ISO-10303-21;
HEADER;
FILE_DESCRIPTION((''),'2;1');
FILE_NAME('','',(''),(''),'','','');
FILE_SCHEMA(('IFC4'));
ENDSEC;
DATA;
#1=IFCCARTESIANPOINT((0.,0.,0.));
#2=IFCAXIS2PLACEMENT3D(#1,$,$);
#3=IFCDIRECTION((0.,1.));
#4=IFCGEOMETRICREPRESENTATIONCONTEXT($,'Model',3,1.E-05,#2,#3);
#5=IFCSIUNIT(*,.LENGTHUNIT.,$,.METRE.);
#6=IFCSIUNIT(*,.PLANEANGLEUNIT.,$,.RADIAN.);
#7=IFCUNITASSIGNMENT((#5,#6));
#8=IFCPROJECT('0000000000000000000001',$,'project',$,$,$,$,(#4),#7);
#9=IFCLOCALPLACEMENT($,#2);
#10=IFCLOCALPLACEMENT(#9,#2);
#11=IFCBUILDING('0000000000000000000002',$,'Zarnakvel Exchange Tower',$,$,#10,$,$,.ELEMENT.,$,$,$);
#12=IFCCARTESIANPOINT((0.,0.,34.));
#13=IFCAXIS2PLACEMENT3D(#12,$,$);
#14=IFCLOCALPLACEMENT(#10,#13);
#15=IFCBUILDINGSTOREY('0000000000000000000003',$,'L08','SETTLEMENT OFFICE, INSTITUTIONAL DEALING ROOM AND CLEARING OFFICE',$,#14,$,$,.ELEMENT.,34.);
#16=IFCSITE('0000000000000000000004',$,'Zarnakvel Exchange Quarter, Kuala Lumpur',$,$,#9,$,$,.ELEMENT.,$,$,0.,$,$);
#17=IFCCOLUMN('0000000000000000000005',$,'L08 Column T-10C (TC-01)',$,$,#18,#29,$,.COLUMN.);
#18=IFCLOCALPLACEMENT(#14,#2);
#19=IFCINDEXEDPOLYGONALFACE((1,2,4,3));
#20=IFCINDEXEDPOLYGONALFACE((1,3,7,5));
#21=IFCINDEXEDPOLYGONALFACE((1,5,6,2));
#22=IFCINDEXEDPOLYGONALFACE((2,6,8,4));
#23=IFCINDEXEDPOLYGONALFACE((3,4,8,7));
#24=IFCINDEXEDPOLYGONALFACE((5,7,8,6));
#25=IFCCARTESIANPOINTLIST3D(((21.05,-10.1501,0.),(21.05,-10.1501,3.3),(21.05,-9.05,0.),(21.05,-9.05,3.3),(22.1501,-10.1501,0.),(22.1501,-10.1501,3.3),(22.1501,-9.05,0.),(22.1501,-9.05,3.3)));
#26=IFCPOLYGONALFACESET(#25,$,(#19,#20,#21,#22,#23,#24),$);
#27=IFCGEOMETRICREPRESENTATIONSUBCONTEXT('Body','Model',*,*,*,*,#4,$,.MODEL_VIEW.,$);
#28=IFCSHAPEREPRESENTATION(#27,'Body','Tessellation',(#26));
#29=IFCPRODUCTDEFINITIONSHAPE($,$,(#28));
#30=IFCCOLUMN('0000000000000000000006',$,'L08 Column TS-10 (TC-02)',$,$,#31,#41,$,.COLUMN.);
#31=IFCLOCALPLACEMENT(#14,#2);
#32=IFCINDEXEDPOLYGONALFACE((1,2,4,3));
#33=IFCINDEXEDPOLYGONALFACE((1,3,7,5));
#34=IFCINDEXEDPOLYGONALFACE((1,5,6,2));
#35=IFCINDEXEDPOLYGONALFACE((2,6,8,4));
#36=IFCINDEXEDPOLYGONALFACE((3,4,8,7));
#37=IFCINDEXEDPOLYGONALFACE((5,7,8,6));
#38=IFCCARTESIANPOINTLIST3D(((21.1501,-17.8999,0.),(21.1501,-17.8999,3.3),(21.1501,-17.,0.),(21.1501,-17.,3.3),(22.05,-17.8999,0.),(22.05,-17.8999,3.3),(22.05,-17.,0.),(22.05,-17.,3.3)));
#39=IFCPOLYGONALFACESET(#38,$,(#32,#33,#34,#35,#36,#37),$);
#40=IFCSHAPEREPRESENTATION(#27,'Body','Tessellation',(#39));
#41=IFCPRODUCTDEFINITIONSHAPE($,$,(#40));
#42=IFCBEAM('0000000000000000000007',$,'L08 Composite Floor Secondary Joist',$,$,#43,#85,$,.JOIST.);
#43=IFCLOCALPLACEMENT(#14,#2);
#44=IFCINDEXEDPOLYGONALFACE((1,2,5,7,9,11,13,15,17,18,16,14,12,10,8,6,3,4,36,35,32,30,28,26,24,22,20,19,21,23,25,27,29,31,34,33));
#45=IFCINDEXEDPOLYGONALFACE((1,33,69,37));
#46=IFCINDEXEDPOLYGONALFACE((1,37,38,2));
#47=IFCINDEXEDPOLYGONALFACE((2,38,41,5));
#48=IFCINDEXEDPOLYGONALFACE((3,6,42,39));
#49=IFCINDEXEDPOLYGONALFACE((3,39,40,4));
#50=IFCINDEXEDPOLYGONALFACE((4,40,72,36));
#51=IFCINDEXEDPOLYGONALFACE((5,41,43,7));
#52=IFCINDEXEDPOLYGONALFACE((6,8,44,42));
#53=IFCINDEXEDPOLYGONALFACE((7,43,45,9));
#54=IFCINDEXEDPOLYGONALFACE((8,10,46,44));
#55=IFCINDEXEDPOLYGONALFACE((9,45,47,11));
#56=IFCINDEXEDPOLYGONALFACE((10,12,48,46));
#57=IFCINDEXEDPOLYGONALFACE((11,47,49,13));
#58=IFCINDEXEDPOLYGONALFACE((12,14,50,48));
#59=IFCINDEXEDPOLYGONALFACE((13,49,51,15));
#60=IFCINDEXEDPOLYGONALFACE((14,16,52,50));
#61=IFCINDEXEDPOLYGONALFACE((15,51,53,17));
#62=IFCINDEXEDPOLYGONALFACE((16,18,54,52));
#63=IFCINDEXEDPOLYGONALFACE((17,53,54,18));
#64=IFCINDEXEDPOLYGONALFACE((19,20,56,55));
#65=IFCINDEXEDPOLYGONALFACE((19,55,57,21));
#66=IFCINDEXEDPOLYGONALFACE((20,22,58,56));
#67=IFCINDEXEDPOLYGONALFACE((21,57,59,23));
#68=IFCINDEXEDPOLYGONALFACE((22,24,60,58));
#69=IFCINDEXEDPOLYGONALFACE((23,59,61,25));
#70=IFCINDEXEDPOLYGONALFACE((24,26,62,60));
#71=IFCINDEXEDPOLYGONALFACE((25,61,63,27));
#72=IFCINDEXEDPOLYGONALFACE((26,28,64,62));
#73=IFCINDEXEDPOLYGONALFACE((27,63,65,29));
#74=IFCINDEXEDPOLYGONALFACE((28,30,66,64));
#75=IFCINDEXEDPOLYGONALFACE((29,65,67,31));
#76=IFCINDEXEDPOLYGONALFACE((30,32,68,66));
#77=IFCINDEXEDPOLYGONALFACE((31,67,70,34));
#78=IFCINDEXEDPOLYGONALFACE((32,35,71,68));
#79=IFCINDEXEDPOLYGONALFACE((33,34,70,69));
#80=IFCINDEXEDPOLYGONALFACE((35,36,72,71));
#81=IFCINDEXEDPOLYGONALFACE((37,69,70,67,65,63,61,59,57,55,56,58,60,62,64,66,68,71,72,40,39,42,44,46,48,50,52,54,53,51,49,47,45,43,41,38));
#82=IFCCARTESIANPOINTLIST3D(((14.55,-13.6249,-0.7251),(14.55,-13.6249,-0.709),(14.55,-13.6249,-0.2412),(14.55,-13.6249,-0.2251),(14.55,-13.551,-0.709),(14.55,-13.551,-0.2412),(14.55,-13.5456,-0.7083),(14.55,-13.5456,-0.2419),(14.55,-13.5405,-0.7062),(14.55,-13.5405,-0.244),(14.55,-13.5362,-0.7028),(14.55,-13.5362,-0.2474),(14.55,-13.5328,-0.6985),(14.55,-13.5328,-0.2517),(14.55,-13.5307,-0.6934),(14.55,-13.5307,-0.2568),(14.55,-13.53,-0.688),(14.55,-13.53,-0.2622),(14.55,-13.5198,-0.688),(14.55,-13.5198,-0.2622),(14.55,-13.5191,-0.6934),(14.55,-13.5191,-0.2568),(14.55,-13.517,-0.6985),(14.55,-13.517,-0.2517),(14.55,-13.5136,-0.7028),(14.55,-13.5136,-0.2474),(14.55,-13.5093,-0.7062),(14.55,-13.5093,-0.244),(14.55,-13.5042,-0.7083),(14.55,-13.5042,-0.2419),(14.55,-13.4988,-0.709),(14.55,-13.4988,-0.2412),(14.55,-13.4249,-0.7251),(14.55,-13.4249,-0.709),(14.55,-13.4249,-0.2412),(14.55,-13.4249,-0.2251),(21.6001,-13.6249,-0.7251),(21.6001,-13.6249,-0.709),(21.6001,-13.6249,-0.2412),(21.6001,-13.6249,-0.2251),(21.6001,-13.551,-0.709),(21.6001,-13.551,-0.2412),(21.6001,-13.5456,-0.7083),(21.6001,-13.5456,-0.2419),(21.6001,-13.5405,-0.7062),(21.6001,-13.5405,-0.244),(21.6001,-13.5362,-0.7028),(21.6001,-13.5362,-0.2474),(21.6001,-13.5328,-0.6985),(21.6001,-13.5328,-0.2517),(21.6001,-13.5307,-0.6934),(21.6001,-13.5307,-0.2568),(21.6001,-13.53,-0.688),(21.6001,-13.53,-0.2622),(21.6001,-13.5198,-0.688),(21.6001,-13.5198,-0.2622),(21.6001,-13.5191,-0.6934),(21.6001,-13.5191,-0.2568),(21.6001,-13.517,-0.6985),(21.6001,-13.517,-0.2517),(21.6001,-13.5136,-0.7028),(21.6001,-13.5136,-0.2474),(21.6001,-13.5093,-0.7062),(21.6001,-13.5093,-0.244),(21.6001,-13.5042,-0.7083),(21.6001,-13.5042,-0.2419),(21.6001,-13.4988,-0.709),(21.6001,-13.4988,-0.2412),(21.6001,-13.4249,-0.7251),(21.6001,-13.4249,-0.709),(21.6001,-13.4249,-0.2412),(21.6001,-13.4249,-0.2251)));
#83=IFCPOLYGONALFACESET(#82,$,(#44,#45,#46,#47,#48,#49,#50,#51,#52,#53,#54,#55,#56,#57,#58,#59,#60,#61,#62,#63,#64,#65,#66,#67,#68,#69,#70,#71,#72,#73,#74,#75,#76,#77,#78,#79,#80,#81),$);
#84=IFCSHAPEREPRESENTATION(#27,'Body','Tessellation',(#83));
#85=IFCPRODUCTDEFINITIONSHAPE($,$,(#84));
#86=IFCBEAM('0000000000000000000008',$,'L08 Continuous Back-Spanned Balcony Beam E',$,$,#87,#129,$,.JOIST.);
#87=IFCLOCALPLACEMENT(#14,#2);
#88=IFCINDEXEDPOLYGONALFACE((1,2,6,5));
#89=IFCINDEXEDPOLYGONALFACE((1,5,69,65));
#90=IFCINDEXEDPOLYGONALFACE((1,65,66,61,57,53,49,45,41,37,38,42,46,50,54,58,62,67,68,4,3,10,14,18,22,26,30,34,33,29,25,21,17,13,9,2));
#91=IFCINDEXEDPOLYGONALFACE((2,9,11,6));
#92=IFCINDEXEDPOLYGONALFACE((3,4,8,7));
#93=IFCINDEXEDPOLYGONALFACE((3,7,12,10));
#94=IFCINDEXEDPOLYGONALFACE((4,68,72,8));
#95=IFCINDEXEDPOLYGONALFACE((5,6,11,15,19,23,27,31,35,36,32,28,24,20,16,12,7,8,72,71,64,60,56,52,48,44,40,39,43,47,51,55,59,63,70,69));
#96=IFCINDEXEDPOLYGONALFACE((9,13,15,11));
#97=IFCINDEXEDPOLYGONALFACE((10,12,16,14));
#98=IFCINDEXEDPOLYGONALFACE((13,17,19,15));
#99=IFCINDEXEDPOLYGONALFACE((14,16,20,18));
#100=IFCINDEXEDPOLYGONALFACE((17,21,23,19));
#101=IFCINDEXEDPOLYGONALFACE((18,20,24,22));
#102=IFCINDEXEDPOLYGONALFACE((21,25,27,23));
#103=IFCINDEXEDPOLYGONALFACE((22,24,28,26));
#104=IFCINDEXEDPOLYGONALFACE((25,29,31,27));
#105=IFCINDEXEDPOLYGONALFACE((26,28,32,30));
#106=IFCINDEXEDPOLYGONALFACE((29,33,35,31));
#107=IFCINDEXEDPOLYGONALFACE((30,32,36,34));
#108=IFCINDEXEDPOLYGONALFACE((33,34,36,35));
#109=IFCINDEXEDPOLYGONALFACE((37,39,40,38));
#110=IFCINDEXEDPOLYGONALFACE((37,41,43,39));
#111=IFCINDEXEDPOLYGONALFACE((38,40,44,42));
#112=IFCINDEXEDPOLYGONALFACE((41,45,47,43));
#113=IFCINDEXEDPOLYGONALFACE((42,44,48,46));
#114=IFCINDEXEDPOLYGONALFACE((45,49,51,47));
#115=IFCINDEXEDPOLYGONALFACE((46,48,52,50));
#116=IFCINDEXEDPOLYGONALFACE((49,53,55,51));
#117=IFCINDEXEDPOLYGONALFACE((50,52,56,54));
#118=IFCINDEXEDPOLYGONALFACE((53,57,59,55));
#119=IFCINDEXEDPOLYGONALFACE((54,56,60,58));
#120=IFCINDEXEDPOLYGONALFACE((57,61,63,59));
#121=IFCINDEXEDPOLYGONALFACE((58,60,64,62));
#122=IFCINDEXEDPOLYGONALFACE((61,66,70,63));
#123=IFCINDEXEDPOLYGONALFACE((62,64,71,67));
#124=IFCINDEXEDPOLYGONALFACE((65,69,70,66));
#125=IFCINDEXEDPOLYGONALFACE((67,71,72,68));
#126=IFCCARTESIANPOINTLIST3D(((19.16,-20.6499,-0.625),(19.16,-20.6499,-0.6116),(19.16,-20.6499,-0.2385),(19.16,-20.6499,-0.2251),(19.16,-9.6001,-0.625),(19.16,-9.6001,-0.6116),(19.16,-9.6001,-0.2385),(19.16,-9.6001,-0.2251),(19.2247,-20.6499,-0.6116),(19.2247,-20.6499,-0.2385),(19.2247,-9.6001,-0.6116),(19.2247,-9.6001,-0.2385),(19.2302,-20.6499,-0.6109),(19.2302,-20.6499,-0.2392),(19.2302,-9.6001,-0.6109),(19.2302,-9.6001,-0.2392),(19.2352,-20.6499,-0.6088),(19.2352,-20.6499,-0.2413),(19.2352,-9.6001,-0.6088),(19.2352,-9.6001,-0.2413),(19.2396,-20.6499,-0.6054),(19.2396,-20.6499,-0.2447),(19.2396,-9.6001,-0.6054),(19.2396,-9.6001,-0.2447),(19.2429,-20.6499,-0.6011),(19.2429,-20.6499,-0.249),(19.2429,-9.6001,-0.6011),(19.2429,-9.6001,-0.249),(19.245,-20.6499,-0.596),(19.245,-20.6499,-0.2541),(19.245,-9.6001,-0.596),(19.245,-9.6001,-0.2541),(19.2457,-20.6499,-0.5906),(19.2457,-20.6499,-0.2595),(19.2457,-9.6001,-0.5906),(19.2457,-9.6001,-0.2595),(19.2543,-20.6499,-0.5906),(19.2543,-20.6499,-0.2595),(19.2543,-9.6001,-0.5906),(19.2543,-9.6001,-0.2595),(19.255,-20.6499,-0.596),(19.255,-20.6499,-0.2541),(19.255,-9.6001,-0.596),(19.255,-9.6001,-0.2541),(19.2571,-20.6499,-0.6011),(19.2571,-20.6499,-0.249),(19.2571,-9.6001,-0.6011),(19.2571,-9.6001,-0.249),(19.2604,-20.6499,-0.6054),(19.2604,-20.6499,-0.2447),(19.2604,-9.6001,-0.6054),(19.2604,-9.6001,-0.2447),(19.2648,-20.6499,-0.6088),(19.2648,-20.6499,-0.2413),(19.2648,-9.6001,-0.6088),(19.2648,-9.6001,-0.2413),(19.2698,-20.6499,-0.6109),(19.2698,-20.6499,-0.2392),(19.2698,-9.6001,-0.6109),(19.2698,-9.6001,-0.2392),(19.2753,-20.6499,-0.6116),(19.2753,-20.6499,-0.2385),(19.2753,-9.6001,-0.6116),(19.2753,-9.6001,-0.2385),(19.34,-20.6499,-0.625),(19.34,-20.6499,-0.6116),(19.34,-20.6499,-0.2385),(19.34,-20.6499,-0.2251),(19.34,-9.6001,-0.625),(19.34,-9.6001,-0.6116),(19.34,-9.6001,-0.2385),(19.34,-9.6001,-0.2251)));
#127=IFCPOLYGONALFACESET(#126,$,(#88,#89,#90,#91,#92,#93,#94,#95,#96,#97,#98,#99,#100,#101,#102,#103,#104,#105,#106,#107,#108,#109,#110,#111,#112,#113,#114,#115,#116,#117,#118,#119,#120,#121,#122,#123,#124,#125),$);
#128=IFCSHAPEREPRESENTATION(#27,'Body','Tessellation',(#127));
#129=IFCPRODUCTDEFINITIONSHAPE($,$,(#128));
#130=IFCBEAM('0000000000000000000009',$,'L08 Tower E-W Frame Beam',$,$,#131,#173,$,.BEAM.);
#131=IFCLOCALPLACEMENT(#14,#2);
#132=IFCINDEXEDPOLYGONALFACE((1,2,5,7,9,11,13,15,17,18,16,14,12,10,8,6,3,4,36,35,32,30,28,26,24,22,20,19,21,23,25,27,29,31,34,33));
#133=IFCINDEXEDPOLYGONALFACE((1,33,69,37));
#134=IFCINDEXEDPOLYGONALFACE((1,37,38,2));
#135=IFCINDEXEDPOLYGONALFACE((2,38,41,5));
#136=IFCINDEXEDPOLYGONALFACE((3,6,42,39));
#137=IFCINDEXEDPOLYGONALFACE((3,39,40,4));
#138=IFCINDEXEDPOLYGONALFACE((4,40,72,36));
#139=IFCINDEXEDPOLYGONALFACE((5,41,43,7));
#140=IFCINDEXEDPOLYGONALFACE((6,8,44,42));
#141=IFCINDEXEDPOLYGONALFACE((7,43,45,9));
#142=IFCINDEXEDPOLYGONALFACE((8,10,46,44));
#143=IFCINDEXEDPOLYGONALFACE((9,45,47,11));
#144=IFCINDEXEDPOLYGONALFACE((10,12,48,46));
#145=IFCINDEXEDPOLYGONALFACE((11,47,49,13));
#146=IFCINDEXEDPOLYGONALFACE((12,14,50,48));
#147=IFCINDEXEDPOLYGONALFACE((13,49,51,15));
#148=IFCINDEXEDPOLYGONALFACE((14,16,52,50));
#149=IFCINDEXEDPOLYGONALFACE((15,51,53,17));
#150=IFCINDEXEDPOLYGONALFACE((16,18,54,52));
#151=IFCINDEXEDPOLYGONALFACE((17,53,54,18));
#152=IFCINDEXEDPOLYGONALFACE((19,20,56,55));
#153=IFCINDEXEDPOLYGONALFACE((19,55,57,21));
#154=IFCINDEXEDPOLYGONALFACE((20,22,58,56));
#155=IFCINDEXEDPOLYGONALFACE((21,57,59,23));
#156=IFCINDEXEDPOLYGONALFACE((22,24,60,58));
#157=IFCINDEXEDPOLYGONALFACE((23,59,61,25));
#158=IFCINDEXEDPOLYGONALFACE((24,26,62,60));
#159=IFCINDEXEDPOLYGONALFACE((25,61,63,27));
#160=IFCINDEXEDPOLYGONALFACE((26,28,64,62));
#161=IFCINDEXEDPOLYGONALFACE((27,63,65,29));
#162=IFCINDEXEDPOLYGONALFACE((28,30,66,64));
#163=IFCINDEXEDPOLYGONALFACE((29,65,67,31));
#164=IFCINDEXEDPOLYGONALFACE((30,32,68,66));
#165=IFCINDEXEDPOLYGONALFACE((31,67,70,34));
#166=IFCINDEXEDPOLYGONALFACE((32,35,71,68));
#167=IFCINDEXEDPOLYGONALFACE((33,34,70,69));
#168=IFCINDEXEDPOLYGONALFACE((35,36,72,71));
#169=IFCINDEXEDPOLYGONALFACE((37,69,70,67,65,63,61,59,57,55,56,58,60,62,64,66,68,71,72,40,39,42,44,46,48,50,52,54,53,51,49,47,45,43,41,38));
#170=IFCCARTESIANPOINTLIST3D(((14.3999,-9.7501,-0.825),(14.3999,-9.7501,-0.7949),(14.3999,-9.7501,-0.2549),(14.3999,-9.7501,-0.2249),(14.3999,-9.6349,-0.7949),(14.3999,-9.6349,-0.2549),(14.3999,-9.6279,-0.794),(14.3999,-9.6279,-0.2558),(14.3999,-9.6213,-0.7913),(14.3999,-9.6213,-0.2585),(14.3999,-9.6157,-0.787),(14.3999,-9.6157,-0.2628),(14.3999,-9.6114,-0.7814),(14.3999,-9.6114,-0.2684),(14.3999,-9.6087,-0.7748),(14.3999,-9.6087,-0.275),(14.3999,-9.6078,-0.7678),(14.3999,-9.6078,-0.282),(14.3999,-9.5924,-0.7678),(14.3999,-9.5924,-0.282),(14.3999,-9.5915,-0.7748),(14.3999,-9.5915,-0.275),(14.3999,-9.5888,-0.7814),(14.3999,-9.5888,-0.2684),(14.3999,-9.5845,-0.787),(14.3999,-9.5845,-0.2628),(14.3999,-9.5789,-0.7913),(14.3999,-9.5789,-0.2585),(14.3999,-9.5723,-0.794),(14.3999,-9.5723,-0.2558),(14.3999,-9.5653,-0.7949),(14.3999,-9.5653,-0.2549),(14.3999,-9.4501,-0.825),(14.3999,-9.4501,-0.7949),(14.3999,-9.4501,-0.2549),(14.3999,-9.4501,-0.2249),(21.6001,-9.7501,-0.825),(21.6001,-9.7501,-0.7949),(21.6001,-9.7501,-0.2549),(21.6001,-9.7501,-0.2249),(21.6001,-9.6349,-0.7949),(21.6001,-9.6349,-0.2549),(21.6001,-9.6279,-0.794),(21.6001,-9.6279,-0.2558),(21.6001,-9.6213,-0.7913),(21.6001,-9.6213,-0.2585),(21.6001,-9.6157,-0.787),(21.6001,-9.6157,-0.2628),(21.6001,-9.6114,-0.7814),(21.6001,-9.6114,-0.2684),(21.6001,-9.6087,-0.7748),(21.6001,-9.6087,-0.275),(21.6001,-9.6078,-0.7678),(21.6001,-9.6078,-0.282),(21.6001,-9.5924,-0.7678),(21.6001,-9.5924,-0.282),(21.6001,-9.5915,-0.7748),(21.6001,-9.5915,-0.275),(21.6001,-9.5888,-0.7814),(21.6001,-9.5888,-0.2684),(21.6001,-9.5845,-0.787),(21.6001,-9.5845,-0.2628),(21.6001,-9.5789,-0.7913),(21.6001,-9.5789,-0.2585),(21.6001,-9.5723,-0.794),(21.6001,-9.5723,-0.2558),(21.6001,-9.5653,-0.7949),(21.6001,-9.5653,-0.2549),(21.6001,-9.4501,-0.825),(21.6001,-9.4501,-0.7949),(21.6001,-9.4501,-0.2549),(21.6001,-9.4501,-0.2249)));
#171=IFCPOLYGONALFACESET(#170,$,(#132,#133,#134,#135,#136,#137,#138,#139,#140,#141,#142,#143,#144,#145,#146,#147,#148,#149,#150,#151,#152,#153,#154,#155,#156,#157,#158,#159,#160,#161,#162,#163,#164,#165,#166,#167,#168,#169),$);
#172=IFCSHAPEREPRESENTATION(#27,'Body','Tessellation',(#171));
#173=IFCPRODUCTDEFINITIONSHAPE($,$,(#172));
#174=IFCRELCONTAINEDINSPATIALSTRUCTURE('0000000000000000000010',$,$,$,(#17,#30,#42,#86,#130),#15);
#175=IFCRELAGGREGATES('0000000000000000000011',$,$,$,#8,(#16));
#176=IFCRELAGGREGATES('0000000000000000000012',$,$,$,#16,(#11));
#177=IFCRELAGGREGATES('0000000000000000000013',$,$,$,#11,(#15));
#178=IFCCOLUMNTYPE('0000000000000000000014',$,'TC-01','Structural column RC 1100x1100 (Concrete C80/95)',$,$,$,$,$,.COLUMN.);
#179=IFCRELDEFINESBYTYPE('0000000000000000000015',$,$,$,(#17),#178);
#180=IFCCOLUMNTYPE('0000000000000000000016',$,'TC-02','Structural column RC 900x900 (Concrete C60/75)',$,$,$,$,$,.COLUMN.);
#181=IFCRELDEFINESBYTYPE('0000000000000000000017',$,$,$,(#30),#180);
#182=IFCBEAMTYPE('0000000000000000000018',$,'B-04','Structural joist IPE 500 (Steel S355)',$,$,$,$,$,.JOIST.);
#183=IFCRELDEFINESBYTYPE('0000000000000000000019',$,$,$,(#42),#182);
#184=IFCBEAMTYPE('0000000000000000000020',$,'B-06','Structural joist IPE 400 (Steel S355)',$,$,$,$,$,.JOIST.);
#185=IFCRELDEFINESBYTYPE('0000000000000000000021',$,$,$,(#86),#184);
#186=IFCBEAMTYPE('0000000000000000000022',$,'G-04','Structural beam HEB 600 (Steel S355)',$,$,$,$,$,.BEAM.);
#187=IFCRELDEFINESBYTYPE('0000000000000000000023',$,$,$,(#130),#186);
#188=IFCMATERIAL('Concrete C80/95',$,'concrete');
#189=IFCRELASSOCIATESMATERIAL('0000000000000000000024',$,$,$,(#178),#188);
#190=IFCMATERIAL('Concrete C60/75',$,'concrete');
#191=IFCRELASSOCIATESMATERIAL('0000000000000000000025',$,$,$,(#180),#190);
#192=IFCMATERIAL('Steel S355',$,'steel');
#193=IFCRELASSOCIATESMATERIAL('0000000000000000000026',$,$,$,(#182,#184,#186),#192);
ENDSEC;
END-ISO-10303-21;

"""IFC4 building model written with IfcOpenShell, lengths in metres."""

from ifc_helpers import new_model, si_unit, direction, frame, origin, origin_2d, place, context, subcontext, project, spatial, rectangle, i_section, extrude, material, material_profile, profile_set, type_object, element, save


model = new_model("IFC4")

# Units and contexts
model_context = context("Model", 3, precision=1e-05, world=origin(), true_north=direction((0.0, 1.0)))
body_context = subcontext(model_context, "Body", "Model", "MODEL_VIEW")
ifc_project = project(units=[si_unit("LENGTHUNIT", "METRE"), si_unit("PLANEANGLEUNIT", "RADIAN")], contexts=[model_context])

# Site, building, storey
site_placement = place(None, origin())
site = spatial("IfcSite", under=ifc_project, at=site_placement, Name="Zarnakvel Exchange Quarter, Kuala Lumpur", CompositionType="ELEMENT", RefElevation=0.0)
building_placement = place(site_placement, origin())
building = spatial("IfcBuilding", under=site, at=building_placement, Name="Zarnakvel Exchange Tower", CompositionType="ELEMENT")
storey_placement = place(building_placement, frame((0.0, 0.0, 34.0)))
storey = spatial("IfcBuildingStorey", under=building, at=storey_placement, Name="L08", Description="SETTLEMENT OFFICE, INSTITUTIONAL DEALING ROOM AND CLEARING OFFICE", CompositionType="ELEMENT", Elevation=34.0)

# Columns
ifc_material_1 = material(Name="Concrete C80/95", Category="concrete")
ifc_material_profile_1 = material_profile(ifc_material_1, rectangle(XDim=1.1001, YDim=1.1001, at=origin_2d()))
ifc_profile_set_1 = profile_set([ifc_material_profile_1], Name="Concrete C80/95")
column_type_1 = type_object("IfcColumnType", Name="TC-01", Description="Structural column RC 1100x1100 (Concrete C80/95)", PredefinedType="COLUMN", material=ifc_profile_set_1)
column_1_placement = place(storey_placement, frame((21.6001, -9.6001, 0.0), z_axis=(0.0, 0.0, 1.0), x_axis=(1.0, 0.0, 0.0)))
element("IfcColumn", 1, at=column_1_placement, inside=storey, type_object=column_type_1, Name="L08 Column T-10C (TC-01)", PredefinedType="COLUMN", context=body_context, shape_type="SweptSolid", body=[
    extrude(rectangle(XDim=1.1001, YDim=1.1001, at=origin_2d()), origin(), (0.0, 0.0, 1.0), 3.3),
])
ifc_material_2 = material(Name="Concrete C60/75", Category="concrete")
ifc_material_profile_2 = material_profile(ifc_material_2, rectangle(XDim=0.8999, YDim=0.8999, at=origin_2d()))
ifc_profile_set_2 = profile_set([ifc_material_profile_2], Name="Concrete C60/75")
column_type_2 = type_object("IfcColumnType", Name="TC-02", Description="Structural column RC 900x900 (Concrete C60/75)", PredefinedType="COLUMN", material=ifc_profile_set_2)
column_2_placement = place(storey_placement, frame((21.6001, -17.45, 0.0), z_axis=(0.0, 0.0, 1.0), x_axis=(1.0, 0.0, 0.0)))
element("IfcColumn", 2, at=column_2_placement, inside=storey, type_object=column_type_2, Name="L08 Column TS-10 (TC-02)", PredefinedType="COLUMN", context=body_context, shape_type="SweptSolid", body=[
    extrude(rectangle(XDim=0.8999, YDim=0.8999, at=origin_2d()), origin(), (0.0, 0.0, 1.0), 3.3),
])

# Beams
ifc_material_3 = material(Name="Steel S355", Category="steel")
ifc_material_profile_3 = material_profile(ifc_material_3, i_section(OverallWidth=0.2, OverallDepth=0.5, WebThickness=0.0103, FlangeThickness=0.0161, FilletRadius=0.021, at=origin_2d()))
ifc_profile_set_3 = profile_set([ifc_material_profile_3], Name="Steel S355")
beam_type_1 = type_object("IfcBeamType", Name="B-04", Description="Structural joist IPE 500 (Steel S355)", PredefinedType="JOIST", material=ifc_profile_set_3)
beam_1_placement = place(storey_placement, frame((14.55, -13.5249, -0.4751), z_axis=(1.0, 0.0, 0.0), x_axis=(0.0, 1.0, 0.0)))
element("IfcBeam", 3, at=beam_1_placement, inside=storey, type_object=beam_type_1, Name="L08 Composite Floor Secondary Joist", PredefinedType="JOIST", context=body_context, shape_type="SweptSolid", body=[
    extrude(i_section(OverallWidth=0.2, OverallDepth=0.5, WebThickness=0.0103, FlangeThickness=0.0161, FilletRadius=0.021, at=origin_2d()), origin(), (0.0, 0.0, 1.0), 7.05),
])
ifc_material_profile_4 = material_profile(ifc_material_3, i_section(OverallWidth=0.1799, OverallDepth=0.3999, WebThickness=0.0085, FlangeThickness=0.0134, FilletRadius=0.021, at=origin_2d()))
ifc_profile_set_4 = profile_set([ifc_material_profile_4], Name="Steel S355")
beam_type_2 = type_object("IfcBeamType", Name="B-06", Description="Structural joist IPE 400 (Steel S355)", PredefinedType="JOIST", material=ifc_profile_set_4)
beam_2_placement = place(storey_placement, frame((19.25, -9.6001, -0.425), z_axis=(0.0, -1.0, 0.0), x_axis=(1.0, 0.0, 0.0)))
element("IfcBeam", 4, at=beam_2_placement, inside=storey, type_object=beam_type_2, Name="L08 Continuous Back-Spanned Balcony Beam E", PredefinedType="JOIST", context=body_context, shape_type="SweptSolid", body=[
    extrude(i_section(OverallWidth=0.1799, OverallDepth=0.3999, WebThickness=0.0085, FlangeThickness=0.0134, FilletRadius=0.021, at=origin_2d()), origin(), (0.0, 0.0, 1.0), 11.0498),
])
ifc_material_profile_5 = material_profile(ifc_material_3, i_section(OverallWidth=0.3, OverallDepth=0.6001, WebThickness=0.0154, FlangeThickness=0.03, FilletRadius=0.0271, at=origin_2d()))
ifc_profile_set_5 = profile_set([ifc_material_profile_5], Name="Steel S355")
beam_type_3 = type_object("IfcBeamType", Name="G-04", Description="Structural beam HEB 600 (Steel S355)", PredefinedType="BEAM", material=ifc_profile_set_5)
beam_3_placement = place(storey_placement, frame((14.3999, -9.6001, -0.5249), z_axis=(1.0, 0.0, 0.0), x_axis=(0.0, 1.0, 0.0)))
element("IfcBeam", 5, at=beam_3_placement, inside=storey, type_object=beam_type_3, Name="L08 Tower E-W Frame Beam", PredefinedType="BEAM", context=body_context, shape_type="SweptSolid", body=[
    extrude(i_section(OverallWidth=0.3, OverallDepth=0.6001, WebThickness=0.0154, FlangeThickness=0.03, FilletRadius=0.0271, at=origin_2d()), origin(), (0.0, 0.0, 1.0), 7.2002),
])

save(model, "model.ifc")
